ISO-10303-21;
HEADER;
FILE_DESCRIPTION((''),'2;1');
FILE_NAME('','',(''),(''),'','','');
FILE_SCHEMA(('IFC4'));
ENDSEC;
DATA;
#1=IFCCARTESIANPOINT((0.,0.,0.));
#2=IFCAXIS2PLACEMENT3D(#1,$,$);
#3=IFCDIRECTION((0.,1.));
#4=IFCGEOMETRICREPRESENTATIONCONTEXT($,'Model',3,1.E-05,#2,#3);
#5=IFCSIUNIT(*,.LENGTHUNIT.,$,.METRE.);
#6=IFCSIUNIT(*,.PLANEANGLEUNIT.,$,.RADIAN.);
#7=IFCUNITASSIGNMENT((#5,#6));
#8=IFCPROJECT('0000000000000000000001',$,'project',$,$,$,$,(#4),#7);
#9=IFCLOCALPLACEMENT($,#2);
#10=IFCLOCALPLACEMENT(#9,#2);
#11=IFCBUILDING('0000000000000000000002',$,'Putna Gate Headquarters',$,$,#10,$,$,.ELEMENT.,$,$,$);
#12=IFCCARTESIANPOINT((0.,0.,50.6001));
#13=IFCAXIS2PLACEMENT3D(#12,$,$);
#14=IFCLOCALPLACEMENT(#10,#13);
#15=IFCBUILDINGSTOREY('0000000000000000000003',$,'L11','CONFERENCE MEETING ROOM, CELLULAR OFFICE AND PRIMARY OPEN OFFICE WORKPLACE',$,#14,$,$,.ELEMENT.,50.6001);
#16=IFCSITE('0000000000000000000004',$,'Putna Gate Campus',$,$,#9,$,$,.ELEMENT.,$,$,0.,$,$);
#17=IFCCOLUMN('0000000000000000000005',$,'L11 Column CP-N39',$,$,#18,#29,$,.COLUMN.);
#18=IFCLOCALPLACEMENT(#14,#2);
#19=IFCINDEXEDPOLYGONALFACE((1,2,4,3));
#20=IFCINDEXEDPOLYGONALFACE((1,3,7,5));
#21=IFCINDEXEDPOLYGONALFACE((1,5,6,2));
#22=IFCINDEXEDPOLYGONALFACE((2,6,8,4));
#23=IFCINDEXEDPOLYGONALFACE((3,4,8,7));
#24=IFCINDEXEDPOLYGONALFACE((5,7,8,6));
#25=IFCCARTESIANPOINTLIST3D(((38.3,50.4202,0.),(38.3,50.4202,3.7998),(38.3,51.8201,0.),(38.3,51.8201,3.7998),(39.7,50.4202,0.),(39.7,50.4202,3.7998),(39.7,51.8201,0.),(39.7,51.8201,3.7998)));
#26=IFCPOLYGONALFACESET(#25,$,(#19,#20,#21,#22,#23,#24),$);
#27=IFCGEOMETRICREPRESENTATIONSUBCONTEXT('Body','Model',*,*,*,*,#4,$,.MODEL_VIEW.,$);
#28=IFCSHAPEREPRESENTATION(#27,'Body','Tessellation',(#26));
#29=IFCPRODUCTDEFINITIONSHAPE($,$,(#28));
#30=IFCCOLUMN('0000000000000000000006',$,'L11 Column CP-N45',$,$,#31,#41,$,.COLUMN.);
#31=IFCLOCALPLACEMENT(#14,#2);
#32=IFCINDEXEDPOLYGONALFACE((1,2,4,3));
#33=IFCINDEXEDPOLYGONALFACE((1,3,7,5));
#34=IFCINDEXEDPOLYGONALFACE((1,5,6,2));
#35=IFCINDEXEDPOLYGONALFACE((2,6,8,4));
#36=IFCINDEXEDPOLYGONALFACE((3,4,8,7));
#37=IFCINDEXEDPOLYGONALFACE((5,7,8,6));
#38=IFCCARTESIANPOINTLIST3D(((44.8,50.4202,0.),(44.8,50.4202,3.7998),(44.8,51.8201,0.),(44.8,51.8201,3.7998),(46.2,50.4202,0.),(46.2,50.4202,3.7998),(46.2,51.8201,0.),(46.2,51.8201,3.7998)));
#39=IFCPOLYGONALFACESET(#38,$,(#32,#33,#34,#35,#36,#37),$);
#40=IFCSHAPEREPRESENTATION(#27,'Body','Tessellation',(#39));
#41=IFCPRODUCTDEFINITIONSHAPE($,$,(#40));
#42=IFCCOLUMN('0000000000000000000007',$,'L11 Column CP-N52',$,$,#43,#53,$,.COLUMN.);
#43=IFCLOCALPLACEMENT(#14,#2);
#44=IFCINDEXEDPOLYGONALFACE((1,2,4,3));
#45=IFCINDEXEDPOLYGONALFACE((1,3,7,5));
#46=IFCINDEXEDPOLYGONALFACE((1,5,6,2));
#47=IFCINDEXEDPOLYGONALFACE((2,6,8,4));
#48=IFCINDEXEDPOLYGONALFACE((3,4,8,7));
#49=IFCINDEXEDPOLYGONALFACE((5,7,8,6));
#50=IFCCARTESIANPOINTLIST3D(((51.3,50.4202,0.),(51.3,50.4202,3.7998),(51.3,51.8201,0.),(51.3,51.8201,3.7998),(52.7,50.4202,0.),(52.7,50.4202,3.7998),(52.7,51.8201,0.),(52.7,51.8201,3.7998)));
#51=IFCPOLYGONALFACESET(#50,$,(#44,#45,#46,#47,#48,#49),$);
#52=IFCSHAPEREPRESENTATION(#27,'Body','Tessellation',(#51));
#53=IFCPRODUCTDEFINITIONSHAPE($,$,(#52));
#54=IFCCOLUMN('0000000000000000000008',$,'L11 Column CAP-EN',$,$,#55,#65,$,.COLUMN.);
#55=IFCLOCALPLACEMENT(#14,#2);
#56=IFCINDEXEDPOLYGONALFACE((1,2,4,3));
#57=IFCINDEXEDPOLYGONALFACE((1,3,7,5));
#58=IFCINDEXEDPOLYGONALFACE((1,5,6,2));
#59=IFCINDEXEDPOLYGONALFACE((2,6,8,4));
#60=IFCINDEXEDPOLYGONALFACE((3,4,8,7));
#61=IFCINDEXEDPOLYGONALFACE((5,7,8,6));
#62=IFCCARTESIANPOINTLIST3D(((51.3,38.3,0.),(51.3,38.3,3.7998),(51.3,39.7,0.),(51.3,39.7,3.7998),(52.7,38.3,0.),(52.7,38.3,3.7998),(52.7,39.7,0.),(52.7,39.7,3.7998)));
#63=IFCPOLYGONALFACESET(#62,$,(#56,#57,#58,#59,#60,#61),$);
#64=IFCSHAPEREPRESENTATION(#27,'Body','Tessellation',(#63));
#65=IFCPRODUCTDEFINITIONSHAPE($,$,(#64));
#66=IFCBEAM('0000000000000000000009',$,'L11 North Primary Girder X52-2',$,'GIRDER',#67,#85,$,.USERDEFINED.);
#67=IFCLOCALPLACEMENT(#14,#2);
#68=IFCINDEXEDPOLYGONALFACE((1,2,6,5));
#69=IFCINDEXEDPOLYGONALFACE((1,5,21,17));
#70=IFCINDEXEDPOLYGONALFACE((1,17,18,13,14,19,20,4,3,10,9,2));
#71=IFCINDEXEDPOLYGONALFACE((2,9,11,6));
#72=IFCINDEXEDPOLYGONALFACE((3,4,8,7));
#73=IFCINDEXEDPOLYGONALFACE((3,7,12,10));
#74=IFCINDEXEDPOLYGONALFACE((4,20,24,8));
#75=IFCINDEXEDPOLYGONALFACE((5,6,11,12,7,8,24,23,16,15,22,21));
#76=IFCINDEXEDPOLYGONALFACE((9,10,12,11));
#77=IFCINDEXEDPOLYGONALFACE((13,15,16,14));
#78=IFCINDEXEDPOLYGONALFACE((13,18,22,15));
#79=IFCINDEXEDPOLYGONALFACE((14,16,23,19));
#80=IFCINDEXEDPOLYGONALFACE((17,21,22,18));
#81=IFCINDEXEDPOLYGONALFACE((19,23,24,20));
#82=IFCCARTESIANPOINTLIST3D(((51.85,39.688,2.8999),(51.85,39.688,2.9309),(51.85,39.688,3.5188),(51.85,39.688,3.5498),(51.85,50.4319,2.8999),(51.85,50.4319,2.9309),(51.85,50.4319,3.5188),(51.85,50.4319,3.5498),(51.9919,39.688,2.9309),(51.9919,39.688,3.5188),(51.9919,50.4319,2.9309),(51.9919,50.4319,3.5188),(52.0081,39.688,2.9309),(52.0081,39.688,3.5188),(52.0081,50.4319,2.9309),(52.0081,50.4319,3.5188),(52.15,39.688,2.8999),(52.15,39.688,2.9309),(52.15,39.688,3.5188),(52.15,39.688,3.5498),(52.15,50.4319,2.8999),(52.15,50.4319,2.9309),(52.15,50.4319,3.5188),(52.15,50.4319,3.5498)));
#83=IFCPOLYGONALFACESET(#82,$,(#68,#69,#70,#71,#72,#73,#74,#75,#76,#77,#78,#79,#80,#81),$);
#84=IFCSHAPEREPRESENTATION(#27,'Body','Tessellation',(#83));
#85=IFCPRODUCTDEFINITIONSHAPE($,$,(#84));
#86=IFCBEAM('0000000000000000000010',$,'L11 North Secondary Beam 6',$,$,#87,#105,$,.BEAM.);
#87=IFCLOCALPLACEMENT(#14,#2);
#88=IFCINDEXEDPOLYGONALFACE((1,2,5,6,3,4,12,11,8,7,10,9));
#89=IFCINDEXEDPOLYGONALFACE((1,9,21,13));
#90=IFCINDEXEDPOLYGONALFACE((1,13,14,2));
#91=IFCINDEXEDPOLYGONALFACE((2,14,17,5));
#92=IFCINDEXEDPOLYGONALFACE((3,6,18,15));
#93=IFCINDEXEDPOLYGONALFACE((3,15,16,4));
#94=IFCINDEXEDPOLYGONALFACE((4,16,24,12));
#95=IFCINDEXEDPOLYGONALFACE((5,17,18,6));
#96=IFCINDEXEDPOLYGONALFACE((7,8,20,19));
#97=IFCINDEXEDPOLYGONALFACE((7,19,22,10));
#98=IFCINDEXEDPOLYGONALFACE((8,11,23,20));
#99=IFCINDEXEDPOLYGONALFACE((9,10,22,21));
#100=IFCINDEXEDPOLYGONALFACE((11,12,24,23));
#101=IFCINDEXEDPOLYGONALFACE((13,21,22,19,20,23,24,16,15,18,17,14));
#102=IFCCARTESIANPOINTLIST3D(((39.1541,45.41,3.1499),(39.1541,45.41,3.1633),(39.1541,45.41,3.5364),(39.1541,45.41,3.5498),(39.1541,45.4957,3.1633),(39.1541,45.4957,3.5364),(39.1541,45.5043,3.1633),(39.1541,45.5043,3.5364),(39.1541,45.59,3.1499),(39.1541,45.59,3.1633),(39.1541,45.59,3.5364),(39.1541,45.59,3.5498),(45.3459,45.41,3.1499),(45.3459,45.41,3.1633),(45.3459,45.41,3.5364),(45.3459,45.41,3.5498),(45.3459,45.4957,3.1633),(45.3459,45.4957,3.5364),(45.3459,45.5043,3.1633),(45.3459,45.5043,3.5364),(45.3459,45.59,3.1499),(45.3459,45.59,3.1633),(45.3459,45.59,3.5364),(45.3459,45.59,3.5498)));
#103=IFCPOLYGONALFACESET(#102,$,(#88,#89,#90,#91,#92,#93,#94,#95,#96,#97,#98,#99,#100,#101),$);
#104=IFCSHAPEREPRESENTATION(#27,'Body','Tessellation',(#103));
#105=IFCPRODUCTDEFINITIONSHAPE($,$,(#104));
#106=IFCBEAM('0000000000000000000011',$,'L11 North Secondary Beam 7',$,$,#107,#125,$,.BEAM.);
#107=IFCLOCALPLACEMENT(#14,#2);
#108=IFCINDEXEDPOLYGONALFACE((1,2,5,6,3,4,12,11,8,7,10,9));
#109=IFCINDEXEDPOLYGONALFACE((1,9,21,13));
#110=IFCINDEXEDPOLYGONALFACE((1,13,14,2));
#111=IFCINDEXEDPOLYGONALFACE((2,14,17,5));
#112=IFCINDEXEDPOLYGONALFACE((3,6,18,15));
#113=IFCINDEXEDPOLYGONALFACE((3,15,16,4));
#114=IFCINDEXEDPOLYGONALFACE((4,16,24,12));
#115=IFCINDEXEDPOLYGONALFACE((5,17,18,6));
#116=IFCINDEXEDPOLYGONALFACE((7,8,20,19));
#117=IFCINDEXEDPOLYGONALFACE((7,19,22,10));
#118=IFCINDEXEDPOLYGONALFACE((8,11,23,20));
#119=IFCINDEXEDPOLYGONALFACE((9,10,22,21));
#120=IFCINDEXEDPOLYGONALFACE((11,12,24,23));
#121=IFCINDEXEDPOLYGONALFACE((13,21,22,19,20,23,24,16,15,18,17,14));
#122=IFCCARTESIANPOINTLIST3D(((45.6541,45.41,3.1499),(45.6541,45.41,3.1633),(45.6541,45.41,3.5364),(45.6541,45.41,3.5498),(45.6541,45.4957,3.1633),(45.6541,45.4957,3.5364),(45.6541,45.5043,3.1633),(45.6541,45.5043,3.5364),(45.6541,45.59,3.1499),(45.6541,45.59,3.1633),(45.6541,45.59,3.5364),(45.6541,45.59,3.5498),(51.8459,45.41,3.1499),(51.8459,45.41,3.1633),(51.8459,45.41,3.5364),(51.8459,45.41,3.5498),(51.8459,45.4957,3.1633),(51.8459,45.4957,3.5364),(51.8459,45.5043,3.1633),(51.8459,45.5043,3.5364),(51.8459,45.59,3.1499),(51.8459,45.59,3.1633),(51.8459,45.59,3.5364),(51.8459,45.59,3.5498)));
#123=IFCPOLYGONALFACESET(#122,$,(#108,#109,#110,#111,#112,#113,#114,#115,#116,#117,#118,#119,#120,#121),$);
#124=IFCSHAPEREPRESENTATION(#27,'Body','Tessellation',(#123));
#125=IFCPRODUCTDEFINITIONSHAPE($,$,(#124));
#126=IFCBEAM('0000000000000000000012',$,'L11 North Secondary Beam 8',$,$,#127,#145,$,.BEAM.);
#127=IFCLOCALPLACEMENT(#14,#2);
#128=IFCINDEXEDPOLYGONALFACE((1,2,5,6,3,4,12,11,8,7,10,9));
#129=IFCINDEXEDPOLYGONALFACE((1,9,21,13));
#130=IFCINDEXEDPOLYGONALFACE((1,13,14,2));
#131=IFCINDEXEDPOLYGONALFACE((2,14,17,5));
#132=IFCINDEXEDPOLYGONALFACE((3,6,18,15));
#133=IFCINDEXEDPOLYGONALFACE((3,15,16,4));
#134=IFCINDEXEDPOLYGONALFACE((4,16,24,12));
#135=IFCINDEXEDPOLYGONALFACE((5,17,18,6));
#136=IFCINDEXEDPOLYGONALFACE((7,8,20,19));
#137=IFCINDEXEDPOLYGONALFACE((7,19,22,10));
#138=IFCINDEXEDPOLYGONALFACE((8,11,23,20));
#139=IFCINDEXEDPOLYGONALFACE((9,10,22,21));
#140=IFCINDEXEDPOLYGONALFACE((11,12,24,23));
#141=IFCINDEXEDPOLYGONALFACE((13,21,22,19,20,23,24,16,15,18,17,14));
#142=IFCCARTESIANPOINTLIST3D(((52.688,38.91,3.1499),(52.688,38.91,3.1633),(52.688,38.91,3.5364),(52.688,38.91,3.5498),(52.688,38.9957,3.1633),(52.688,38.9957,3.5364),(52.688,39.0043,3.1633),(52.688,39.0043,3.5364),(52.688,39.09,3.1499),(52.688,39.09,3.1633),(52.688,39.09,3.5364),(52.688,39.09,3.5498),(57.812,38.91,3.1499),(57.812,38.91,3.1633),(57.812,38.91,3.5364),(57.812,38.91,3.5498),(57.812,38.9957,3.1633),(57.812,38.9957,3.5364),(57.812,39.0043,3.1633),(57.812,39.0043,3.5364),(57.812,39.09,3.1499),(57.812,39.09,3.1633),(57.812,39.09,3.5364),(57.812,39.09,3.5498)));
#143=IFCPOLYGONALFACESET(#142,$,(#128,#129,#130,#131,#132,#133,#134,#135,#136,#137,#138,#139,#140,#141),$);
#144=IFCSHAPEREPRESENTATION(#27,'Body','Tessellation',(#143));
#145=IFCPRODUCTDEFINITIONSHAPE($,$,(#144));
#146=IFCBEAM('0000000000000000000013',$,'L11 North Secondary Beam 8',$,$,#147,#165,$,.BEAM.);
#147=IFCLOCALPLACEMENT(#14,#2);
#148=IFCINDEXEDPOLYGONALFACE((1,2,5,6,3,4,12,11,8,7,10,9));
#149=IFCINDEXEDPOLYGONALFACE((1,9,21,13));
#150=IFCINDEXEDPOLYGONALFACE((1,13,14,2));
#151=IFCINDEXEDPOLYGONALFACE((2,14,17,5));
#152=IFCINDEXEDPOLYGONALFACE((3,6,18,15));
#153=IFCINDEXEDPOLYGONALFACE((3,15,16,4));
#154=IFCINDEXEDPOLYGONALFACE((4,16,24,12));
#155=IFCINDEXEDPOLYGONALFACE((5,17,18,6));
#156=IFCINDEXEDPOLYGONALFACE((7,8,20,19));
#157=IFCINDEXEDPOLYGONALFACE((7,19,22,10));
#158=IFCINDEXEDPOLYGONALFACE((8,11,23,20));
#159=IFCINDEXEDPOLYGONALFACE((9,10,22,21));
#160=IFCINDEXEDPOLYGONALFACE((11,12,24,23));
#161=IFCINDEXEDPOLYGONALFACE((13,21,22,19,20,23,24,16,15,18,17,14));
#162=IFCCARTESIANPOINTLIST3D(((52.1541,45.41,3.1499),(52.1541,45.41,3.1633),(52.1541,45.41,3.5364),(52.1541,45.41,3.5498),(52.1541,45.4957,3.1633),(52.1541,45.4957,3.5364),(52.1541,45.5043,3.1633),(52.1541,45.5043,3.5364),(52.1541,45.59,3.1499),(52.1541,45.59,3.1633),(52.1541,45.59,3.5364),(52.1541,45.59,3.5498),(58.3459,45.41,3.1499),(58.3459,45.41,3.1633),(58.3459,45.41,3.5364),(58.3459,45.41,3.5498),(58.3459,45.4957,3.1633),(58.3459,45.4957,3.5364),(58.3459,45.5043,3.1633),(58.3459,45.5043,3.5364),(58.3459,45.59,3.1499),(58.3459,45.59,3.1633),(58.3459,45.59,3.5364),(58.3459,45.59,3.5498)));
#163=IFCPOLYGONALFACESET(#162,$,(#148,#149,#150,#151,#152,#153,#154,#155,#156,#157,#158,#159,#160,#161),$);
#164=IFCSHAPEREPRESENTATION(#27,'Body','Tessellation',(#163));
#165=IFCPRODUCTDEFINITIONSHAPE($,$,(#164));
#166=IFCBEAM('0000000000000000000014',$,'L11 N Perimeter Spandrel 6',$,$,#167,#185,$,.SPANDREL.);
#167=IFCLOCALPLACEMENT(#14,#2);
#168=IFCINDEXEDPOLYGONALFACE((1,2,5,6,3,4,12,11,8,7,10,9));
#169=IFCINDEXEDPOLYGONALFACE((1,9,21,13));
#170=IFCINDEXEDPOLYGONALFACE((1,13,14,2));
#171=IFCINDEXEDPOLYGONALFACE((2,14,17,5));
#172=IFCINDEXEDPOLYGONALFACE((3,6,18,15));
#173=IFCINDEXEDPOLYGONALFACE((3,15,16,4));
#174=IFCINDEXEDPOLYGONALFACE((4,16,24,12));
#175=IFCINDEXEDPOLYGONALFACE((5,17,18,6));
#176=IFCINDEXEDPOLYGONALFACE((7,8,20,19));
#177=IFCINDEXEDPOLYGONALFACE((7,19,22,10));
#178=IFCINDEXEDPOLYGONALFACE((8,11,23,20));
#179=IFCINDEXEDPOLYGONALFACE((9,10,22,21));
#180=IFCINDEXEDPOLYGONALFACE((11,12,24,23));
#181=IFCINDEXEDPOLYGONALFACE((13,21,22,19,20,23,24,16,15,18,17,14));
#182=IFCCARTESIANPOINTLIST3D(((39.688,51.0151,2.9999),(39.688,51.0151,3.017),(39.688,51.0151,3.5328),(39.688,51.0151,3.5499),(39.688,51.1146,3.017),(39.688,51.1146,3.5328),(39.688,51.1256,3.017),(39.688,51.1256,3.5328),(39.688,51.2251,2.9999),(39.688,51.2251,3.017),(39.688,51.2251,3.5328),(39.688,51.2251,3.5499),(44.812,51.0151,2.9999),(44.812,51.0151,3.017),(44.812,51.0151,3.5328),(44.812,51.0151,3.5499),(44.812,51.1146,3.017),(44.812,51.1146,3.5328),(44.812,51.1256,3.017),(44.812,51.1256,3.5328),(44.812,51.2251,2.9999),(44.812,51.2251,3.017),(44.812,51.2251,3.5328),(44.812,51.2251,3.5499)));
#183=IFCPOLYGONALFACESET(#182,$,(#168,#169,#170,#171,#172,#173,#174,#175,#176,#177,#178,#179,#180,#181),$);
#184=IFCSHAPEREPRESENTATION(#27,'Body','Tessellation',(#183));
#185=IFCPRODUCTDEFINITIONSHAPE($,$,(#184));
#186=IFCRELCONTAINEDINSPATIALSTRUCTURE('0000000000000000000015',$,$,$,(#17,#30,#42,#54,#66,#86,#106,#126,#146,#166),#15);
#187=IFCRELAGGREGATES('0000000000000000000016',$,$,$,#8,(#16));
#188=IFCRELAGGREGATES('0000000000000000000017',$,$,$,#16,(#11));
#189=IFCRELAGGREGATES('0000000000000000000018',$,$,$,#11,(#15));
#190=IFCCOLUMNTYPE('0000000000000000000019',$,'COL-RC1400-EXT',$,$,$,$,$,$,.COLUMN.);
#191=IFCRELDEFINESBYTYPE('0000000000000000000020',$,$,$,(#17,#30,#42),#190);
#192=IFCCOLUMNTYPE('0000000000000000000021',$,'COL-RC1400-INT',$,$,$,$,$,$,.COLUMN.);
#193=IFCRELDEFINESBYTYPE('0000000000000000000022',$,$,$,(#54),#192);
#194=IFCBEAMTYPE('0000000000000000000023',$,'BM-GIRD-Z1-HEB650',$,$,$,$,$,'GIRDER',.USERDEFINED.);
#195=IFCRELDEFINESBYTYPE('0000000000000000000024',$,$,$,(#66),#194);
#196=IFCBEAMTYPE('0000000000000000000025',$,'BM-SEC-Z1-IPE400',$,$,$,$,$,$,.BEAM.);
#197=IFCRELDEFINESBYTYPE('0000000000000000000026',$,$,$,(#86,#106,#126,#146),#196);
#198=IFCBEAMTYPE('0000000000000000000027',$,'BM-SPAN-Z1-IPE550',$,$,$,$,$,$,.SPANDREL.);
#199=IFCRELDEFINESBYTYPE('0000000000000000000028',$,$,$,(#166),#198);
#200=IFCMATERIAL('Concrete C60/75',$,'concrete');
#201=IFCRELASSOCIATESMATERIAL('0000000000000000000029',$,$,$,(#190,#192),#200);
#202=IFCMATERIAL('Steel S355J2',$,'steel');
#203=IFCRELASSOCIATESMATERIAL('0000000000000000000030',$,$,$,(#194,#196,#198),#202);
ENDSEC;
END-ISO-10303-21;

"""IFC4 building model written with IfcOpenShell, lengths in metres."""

from ifc_helpers import new_model, si_unit, direction, frame, origin, origin_2d, place, context, subcontext, project, spatial, rectangle, i_section, extrude, material, material_profile, profile_set, type_object, element, save


model = new_model("IFC4")

# Units and contexts
model_context = context("Model", 3, precision=1e-05, world=origin(), true_north=direction((0.0, 1.0)))
body_context = subcontext(model_context, "Body", "Model", "MODEL_VIEW")
ifc_project = project(units=[si_unit("LENGTHUNIT", "METRE"), si_unit("PLANEANGLEUNIT", "RADIAN")], contexts=[model_context])

# Site, building, storey
site_placement = place(None, origin())
site = spatial("IfcSite", under=ifc_project, at=site_placement, Name="Putna Gate Campus", CompositionType="ELEMENT", RefElevation=0.0)
building_placement = place(site_placement, origin())
building = spatial("IfcBuilding", under=site, at=building_placement, Name="Putna Gate Headquarters", CompositionType="ELEMENT")
storey_placement = place(building_placement, frame((0.0, 0.0, 50.6001)))
storey = spatial("IfcBuildingStorey", under=building, at=storey_placement, Name="L11", Description="CONFERENCE MEETING ROOM, CELLULAR OFFICE AND PRIMARY OPEN OFFICE WORKPLACE", CompositionType="ELEMENT", Elevation=50.6001)

# Columns
ifc_material_1 = material(Name="Concrete C60/75", Category="concrete")
ifc_material_profile_1 = material_profile(ifc_material_1, rectangle(XDim=1.3999, YDim=1.3999, at=origin_2d()), Name="Concrete C60/75")
ifc_profile_set_1 = profile_set([ifc_material_profile_1], Name="Concrete C60/75")
column_type_1 = type_object("IfcColumnType", Name="COL-RC1400-EXT", PredefinedType="COLUMN", material=ifc_profile_set_1)
for number, where, z_axis, x_axis, name in (
    (1, (39.0, 51.1201, 0.0), (0.0, 0.0, 1.0), (1.0, 0.0, 0.0), "L11 Column CP-N39"),
    (2, (45.5, 51.1201, 0.0), (0.0, 0.0, 1.0), (1.0, 0.0, 0.0), "L11 Column CP-N45"),
    (3, (52.0, 51.1201, 0.0), (0.0, 0.0, 1.0), (1.0, 0.0, 0.0), "L11 Column CP-N52"),
):
    element("IfcColumn", number, at=place(storey_placement, frame(where, z_axis=z_axis, x_axis=x_axis)), inside=storey, type_object=column_type_1, Name=name, PredefinedType="COLUMN", context=body_context, shape_type="SweptSolid", body=[
        extrude(rectangle(XDim=1.3999, YDim=1.3999, at=origin_2d()), origin(), (0.0, 0.0, 1.0), 3.7998),
    ])
ifc_material_profile_2 = material_profile(ifc_material_1, rectangle(XDim=1.3999, YDim=1.3999, at=origin_2d()), Name="Concrete C60/75")
ifc_profile_set_2 = profile_set([ifc_material_profile_2], Name="Concrete C60/75")
column_type_2 = type_object("IfcColumnType", Name="COL-RC1400-INT", PredefinedType="COLUMN", material=ifc_profile_set_2)
column_placement = place(storey_placement, frame((52.0, 39.0, 0.0), z_axis=(0.0, 0.0, 1.0), x_axis=(1.0, 0.0, 0.0)))
element("IfcColumn", 4, at=column_placement, inside=storey, type_object=column_type_2, Name="L11 Column CAP-EN", PredefinedType="COLUMN", context=body_context, shape_type="SweptSolid", body=[
    extrude(rectangle(XDim=1.3999, YDim=1.3999, at=origin_2d()), origin(), (0.0, 0.0, 1.0), 3.7998),
])

# Beams
ifc_material_2 = material(Name="Steel S355J2", Category="steel")
ifc_material_profile_3 = material_profile(ifc_material_2, i_section(OverallWidth=0.3, OverallDepth=0.6499, WebThickness=0.0161, FlangeThickness=0.031, at=origin_2d()), Name="Steel S355J2")
ifc_profile_set_3 = profile_set([ifc_material_profile_3], Name="Steel S355J2")
beam_type_1 = type_object("IfcBeamType", Name="BM-GIRD-Z1-HEB650", ElementType="GIRDER", PredefinedType="USERDEFINED", material=ifc_profile_set_3)
beam_1_placement = place(storey_placement, frame((52.0, 39.688, 3.2249), z_axis=(0.0, 1.0, 0.0), x_axis=(-1.0, 0.0, 0.0)))
element("IfcBeam", 5, at=beam_1_placement, inside=storey, type_object=beam_type_1, Name="L11 North Primary Girder X52-2", ObjectType="GIRDER", PredefinedType="USERDEFINED", context=body_context, shape_type="SweptSolid", body=[
    extrude(i_section(OverallWidth=0.3, OverallDepth=0.6499, WebThickness=0.0161, FlangeThickness=0.031, at=origin_2d()), origin(), (0.0, 0.0, 1.0), 10.7439),
])
ifc_material_profile_4 = material_profile(ifc_material_2, i_section(OverallWidth=0.1799, OverallDepth=0.3999, WebThickness=0.0085, FlangeThickness=0.0134, at=origin_2d()), Name="Steel S355J2")
ifc_profile_set_4 = profile_set([ifc_material_profile_4], Name="Steel S355J2")
beam_type_2 = type_object("IfcBeamType", Name="BM-SEC-Z1-IPE400", PredefinedType="BEAM", material=ifc_profile_set_4)
for number, where, z_axis, x_axis, name in (
    (6, (39.1541, 45.5, 3.3499), (1.0, 0.0, 0.0), (0.0, 1.0, 0.0), "L11 North Secondary Beam 6"),
    (7, (45.6541, 45.5, 3.3499), (1.0, 0.0, 0.0), (0.0, 1.0, 0.0), "L11 North Secondary Beam 7"),
):
    element("IfcBeam", number, at=place(storey_placement, frame(where, z_axis=z_axis, x_axis=x_axis)), inside=storey, type_object=beam_type_2, Name=name, PredefinedType="BEAM", context=body_context, shape_type="SweptSolid", body=[
        extrude(i_section(OverallWidth=0.1799, OverallDepth=0.3999, WebThickness=0.0085, FlangeThickness=0.0134, at=origin_2d()), origin(), (0.0, 0.0, 1.0), 6.1919),
    ])
beam_2_placement = place(storey_placement, frame((52.688, 39.0, 3.3499), z_axis=(1.0, 0.0, 0.0), x_axis=(0.0, 1.0, 0.0)))
element("IfcBeam", 8, at=beam_2_placement, inside=storey, type_object=beam_type_2, Name="L11 North Secondary Beam 8", PredefinedType="BEAM", context=body_context, shape_type="SweptSolid", body=[
    extrude(i_section(OverallWidth=0.1799, OverallDepth=0.3999, WebThickness=0.0085, FlangeThickness=0.0134, at=origin_2d()), origin(), (0.0, 0.0, 1.0), 5.124),
])
beam_3_placement = place(storey_placement, frame((52.1541, 45.5, 3.3499), z_axis=(1.0, 0.0, 0.0), x_axis=(0.0, 1.0, 0.0)))
element("IfcBeam", 9, at=beam_3_placement, inside=storey, type_object=beam_type_2, Name="L11 North Secondary Beam 8", PredefinedType="BEAM", context=body_context, shape_type="SweptSolid", body=[
    extrude(i_section(OverallWidth=0.1799, OverallDepth=0.3999, WebThickness=0.0085, FlangeThickness=0.0134, at=origin_2d()), origin(), (0.0, 0.0, 1.0), 6.1919),
])
ifc_material_profile_5 = material_profile(ifc_material_2, i_section(OverallWidth=0.21, OverallDepth=0.55, WebThickness=0.011, FlangeThickness=0.0171, at=origin_2d()), Name="Steel S355J2")
ifc_profile_set_5 = profile_set([ifc_material_profile_5], Name="Steel S355J2")
beam_type_3 = type_object("IfcBeamType", Name="BM-SPAN-Z1-IPE550", PredefinedType="SPANDREL", material=ifc_profile_set_5)
for number, where, z_axis, x_axis, name in (
    (10, (39.688, 51.1201, 3.2749), (1.0, 0.0, 0.0), (0.0, 1.0, 0.0), "L11 N Perimeter Spandrel 6"),
):
    element("IfcBeam", number, at=place(storey_placement, frame(where, z_axis=z_axis, x_axis=x_axis)), inside=storey, type_object=beam_type_3, Name=name, PredefinedType="SPANDREL", context=body_context, shape_type="SweptSolid", body=[
        extrude(i_section(OverallWidth=0.21, OverallDepth=0.55, WebThickness=0.011, FlangeThickness=0.0171, at=origin_2d()), origin(), (0.0, 0.0, 1.0), 5.124),
    ])

save(model, "model.ifc")
